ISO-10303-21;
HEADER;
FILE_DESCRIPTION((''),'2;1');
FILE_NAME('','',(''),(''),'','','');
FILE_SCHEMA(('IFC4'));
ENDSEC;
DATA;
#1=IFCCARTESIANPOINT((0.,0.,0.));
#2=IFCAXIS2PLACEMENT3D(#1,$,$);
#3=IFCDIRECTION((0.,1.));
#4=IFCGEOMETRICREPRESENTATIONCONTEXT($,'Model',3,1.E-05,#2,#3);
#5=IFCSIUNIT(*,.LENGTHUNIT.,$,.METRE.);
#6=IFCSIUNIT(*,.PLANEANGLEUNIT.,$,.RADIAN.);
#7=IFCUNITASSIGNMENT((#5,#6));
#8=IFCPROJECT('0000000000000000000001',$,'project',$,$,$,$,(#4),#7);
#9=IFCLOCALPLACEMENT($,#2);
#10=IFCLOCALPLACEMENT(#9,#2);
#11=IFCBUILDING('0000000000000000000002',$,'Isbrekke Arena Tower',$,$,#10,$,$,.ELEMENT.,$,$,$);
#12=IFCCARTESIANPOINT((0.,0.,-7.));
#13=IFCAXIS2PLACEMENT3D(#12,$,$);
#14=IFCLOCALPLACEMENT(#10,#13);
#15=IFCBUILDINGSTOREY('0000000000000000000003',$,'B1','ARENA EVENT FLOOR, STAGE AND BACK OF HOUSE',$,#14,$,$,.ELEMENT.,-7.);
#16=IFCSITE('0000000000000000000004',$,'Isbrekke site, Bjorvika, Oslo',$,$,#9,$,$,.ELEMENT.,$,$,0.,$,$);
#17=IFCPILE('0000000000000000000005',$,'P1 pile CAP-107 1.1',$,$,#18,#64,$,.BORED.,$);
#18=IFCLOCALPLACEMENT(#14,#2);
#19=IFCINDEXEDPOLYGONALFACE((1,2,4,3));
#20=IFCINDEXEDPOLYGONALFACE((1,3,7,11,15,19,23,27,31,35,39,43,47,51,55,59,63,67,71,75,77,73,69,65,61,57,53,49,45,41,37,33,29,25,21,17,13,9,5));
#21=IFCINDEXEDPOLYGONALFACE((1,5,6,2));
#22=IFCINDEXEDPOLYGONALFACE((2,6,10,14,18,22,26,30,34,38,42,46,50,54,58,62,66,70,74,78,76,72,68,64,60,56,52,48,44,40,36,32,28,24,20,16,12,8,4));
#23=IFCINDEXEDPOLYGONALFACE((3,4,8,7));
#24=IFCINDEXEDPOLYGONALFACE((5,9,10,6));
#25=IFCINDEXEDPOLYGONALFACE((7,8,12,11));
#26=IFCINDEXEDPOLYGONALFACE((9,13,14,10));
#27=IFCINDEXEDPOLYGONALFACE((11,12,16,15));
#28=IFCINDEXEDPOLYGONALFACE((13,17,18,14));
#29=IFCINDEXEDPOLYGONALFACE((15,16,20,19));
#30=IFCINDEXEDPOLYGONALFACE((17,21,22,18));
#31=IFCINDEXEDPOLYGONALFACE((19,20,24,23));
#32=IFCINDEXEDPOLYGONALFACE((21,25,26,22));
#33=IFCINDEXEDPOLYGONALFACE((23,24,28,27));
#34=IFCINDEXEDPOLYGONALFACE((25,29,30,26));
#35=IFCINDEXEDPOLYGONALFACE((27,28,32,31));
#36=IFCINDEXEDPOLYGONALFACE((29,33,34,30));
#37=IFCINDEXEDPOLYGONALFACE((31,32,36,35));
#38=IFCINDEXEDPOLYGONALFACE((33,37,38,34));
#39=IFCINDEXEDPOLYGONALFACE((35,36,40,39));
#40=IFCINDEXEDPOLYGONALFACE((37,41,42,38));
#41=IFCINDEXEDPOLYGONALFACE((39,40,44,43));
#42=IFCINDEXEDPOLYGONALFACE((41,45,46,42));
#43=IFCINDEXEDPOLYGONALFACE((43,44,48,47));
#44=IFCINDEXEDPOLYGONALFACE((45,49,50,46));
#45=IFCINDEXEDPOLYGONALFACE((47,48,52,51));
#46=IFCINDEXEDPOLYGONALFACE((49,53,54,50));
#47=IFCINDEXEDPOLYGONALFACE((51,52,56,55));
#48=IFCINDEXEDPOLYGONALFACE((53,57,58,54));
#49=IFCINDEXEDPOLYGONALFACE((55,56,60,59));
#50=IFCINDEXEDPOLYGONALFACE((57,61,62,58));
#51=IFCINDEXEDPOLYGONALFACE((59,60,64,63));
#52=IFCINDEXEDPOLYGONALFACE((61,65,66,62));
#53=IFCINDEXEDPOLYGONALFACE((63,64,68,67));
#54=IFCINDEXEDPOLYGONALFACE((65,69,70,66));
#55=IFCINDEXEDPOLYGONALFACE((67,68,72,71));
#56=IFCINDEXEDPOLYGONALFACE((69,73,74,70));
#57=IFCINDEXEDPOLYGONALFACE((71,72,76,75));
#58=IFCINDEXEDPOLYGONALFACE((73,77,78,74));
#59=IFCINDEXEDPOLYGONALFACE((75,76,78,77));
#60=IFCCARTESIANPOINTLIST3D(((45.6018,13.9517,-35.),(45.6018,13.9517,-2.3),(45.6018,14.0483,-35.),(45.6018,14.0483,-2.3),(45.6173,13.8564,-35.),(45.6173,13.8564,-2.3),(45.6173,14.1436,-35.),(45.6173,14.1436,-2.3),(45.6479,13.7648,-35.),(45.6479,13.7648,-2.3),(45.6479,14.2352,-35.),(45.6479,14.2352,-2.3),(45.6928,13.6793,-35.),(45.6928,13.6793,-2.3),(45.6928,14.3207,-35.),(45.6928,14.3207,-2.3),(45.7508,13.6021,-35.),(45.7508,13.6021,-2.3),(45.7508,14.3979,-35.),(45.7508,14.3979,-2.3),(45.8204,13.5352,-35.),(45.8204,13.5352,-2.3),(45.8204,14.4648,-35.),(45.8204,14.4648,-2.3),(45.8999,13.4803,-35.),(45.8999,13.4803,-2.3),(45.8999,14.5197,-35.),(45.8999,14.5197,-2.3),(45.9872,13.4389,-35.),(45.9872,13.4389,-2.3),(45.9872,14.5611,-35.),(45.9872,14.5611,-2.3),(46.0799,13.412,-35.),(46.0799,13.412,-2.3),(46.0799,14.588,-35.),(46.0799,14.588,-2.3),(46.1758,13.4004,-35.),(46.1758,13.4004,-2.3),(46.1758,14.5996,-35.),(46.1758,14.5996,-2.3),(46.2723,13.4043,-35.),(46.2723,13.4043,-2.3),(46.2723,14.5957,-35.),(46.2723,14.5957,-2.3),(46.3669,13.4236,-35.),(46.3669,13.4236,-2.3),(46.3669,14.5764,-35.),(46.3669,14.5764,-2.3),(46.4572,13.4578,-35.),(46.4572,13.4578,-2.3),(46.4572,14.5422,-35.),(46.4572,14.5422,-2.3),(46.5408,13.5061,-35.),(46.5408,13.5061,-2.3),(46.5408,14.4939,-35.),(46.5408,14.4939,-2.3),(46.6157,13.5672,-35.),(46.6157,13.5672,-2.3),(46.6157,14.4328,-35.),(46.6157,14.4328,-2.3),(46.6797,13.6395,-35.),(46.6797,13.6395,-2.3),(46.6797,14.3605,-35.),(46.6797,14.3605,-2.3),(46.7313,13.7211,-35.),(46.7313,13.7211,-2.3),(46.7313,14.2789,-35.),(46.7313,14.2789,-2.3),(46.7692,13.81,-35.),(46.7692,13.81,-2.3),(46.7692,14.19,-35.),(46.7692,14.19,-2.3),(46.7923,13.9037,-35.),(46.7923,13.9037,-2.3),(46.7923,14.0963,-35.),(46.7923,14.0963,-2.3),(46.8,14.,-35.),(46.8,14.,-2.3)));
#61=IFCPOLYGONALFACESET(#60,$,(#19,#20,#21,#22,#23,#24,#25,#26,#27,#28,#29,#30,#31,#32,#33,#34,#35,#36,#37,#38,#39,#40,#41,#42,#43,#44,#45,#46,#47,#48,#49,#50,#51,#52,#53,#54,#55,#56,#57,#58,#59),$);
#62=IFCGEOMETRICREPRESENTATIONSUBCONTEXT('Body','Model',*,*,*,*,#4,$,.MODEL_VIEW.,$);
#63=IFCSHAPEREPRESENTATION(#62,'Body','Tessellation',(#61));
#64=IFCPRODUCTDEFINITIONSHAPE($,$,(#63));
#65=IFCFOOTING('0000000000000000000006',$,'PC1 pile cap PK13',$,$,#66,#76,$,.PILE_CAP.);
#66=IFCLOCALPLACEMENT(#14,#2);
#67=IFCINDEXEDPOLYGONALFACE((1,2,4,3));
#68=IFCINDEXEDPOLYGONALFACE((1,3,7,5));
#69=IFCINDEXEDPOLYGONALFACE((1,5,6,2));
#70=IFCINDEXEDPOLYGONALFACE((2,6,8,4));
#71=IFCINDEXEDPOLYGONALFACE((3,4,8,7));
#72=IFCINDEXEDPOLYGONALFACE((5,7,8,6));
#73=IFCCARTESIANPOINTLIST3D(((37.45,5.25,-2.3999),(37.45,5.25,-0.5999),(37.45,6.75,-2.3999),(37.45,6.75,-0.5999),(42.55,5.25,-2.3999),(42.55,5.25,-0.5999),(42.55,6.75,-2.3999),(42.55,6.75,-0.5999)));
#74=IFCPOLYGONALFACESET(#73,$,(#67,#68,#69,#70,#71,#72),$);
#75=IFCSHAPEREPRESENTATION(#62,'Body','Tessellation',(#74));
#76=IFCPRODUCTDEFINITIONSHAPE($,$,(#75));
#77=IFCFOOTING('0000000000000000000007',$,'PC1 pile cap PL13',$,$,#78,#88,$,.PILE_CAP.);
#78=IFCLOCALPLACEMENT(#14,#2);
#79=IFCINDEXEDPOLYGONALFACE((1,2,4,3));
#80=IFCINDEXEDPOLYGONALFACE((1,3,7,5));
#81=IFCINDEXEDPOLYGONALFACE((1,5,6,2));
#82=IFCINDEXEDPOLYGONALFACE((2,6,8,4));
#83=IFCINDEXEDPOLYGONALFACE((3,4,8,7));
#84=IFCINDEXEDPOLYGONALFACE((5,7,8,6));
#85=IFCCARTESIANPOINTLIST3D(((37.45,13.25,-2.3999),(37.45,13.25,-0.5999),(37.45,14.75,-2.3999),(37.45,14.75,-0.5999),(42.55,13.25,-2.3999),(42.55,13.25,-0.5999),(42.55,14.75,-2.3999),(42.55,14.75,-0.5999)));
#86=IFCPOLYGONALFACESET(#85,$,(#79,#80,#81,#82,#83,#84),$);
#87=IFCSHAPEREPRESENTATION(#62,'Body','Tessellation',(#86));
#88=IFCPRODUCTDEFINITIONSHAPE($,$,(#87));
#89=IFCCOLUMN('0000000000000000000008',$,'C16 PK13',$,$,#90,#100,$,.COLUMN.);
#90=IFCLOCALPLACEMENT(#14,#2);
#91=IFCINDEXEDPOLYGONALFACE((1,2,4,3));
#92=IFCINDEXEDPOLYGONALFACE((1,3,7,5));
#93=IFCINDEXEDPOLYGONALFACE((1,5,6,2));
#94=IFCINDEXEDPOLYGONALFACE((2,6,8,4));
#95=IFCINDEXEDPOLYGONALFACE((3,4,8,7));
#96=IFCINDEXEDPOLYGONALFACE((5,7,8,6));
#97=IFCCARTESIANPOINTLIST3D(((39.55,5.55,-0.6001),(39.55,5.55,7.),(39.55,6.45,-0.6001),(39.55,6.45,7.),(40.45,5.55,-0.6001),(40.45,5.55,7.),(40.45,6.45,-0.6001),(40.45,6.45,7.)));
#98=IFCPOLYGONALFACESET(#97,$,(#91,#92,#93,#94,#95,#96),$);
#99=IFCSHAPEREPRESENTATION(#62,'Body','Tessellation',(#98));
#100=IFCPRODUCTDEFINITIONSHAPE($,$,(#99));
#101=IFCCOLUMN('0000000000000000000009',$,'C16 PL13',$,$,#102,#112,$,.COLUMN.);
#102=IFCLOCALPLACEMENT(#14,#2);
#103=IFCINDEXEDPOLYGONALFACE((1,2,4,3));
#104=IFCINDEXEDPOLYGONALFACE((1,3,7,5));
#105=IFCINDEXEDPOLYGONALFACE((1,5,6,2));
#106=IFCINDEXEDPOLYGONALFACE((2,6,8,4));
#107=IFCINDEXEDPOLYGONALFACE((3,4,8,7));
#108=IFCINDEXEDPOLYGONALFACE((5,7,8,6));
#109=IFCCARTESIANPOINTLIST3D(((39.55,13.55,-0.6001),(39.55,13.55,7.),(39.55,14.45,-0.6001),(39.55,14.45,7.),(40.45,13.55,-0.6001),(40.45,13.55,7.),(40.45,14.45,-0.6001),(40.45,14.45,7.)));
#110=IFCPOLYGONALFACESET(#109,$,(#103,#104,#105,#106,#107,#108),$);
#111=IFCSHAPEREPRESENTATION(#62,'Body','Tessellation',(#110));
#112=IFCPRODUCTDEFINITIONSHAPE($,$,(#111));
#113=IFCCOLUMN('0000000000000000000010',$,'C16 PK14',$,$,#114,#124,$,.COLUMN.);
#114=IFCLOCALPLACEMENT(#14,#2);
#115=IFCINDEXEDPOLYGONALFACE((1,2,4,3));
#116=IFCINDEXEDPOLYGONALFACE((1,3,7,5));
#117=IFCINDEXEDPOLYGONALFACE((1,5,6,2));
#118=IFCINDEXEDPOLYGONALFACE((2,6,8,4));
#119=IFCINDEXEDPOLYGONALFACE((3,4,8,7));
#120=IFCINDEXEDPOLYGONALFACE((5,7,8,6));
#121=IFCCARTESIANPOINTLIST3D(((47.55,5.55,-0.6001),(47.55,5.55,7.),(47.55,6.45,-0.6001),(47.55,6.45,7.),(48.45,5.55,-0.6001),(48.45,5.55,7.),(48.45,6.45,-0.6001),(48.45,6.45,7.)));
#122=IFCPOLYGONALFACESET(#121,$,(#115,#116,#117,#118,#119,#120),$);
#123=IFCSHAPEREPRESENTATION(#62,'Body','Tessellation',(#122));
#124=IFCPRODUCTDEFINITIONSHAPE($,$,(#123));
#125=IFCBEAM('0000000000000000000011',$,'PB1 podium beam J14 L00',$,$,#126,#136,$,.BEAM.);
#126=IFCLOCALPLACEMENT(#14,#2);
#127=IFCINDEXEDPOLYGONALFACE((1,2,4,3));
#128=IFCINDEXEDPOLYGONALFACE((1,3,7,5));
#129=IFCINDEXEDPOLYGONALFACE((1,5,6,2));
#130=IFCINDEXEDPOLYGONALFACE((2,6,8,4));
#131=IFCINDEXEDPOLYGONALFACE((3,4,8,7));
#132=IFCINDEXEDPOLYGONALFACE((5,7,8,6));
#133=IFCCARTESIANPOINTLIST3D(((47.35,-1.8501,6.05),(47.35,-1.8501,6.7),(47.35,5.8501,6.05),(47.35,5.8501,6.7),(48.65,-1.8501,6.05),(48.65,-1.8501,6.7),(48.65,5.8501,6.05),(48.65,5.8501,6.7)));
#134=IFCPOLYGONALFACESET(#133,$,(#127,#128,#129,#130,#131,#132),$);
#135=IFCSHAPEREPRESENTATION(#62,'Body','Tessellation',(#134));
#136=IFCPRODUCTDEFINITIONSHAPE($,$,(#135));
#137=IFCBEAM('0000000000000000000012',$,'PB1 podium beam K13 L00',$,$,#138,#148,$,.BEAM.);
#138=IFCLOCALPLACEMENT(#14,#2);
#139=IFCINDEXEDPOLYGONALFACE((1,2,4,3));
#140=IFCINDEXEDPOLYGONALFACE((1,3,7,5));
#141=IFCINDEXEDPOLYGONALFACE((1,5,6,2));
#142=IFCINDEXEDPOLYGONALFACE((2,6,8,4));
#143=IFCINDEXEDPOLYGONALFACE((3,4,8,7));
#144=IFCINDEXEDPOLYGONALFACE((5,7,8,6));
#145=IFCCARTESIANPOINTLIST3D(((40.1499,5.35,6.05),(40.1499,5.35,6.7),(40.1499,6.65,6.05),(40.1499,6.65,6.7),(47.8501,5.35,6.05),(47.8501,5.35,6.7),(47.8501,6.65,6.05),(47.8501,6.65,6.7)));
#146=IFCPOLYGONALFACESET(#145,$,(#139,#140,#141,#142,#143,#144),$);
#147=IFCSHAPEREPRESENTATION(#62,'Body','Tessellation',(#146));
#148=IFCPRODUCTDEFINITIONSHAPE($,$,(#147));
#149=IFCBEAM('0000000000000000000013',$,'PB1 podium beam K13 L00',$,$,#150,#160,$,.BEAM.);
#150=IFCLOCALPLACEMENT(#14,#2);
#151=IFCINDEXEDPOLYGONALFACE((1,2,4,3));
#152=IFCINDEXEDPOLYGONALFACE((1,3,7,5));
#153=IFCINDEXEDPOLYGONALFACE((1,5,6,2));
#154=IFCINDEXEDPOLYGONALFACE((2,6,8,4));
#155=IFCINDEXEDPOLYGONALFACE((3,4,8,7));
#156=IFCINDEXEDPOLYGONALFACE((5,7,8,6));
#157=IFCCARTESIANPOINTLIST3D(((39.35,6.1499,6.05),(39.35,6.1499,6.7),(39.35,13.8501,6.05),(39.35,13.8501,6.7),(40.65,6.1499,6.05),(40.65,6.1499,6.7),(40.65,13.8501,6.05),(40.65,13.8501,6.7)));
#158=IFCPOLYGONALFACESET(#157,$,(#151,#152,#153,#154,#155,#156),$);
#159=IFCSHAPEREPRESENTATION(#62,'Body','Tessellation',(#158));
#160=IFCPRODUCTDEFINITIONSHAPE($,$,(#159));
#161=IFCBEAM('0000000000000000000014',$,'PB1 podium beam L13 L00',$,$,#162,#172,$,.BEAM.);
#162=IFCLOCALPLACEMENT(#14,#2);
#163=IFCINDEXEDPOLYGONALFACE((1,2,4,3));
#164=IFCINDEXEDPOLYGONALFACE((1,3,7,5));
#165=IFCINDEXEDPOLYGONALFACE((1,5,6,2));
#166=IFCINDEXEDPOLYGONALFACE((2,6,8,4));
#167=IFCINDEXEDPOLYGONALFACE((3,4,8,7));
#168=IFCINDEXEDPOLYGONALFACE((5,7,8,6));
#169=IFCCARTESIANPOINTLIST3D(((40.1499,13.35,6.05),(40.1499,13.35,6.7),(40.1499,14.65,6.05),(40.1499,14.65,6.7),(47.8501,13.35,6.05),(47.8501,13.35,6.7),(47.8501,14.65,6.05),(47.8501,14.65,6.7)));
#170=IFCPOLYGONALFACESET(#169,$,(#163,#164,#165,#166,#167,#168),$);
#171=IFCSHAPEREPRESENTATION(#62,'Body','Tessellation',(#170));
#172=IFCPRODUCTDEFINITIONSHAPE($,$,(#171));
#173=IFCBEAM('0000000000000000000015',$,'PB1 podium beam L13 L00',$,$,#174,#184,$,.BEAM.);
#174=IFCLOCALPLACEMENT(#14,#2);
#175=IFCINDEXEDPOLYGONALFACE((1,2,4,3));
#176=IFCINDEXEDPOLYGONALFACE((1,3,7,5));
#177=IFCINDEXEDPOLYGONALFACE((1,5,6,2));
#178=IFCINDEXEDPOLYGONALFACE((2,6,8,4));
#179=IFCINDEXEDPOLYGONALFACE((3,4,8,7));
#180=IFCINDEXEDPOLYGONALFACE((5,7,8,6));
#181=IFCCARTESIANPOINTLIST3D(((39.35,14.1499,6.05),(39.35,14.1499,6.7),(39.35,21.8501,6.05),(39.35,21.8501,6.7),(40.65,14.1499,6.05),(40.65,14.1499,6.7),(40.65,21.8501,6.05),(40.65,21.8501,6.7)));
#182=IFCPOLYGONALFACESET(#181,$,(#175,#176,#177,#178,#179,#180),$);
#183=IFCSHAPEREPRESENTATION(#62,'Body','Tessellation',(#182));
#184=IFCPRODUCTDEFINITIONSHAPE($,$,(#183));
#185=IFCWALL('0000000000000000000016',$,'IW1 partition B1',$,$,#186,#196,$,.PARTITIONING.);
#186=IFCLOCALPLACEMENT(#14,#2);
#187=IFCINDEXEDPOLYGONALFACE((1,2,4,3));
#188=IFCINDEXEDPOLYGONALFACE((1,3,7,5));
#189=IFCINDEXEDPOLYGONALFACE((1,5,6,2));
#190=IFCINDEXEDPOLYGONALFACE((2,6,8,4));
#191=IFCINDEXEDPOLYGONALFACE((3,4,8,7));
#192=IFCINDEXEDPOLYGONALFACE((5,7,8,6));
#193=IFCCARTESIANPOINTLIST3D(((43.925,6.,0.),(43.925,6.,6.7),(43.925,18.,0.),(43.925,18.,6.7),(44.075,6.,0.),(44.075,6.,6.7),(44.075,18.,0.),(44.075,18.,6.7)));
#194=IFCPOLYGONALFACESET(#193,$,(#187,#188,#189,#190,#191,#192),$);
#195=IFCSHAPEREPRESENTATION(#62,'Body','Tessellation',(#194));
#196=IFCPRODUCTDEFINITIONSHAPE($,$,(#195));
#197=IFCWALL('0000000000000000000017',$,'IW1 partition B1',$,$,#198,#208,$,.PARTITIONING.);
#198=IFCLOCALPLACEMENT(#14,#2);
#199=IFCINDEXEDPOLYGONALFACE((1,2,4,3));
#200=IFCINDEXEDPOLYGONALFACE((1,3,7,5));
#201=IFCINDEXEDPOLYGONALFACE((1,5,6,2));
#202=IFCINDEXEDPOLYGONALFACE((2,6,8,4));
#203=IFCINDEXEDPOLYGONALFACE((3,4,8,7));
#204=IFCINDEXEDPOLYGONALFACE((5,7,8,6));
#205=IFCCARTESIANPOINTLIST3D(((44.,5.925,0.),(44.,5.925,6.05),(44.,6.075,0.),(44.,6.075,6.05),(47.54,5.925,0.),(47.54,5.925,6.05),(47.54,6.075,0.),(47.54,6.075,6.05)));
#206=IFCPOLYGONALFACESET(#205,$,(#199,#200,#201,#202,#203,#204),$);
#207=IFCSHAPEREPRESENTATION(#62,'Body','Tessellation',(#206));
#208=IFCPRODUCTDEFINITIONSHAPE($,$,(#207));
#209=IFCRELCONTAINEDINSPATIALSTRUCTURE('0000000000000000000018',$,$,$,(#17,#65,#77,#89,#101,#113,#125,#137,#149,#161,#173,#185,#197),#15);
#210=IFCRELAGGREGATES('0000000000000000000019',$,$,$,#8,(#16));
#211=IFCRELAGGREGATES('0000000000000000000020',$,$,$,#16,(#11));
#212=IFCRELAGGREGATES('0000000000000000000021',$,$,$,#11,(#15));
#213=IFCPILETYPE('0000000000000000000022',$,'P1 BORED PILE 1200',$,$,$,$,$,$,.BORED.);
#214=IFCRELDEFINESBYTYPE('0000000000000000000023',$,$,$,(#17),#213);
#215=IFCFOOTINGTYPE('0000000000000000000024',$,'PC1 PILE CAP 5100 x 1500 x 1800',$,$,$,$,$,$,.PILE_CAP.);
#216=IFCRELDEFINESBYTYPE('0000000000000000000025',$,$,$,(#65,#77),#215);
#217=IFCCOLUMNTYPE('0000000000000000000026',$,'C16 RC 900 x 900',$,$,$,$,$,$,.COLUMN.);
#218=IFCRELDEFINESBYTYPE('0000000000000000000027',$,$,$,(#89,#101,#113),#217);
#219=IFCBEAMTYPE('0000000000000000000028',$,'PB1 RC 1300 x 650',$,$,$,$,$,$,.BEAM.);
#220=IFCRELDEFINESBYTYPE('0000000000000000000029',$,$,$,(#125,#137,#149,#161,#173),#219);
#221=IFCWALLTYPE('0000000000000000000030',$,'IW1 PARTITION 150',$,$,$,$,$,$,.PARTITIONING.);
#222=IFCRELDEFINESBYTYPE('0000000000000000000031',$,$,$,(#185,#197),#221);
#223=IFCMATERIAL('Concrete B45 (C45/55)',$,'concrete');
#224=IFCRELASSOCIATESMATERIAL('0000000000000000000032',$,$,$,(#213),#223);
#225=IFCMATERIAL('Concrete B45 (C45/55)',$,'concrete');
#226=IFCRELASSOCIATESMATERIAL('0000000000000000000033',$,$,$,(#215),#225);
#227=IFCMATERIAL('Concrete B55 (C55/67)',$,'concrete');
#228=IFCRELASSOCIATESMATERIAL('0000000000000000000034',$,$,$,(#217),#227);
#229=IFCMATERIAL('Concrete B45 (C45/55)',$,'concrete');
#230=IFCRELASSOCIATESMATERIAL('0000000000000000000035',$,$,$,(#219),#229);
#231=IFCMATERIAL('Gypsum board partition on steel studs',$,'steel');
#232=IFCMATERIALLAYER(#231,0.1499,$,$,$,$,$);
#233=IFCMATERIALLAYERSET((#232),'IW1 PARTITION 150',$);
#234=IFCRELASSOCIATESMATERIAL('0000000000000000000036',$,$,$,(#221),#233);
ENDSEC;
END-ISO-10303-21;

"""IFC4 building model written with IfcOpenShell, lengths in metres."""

from ifc_helpers import new_model, si_unit, direction, frame, frame_2d, origin, origin_2d, place, context, subcontext, project, spatial, rectangle, circle, extrude, material, layer, layer_set, material_profile, profile_set, type_object, element, save


model = new_model("IFC4")

# Units and contexts
model_context = context("Model", 3, precision=1e-05, world=origin(), true_north=direction((0.0, 1.0)))
body_context = subcontext(model_context, "Body", "Model", "MODEL_VIEW")
ifc_project = project(units=[si_unit("LENGTHUNIT", "METRE"), si_unit("PLANEANGLEUNIT", "RADIAN")], contexts=[model_context])

# Site, building, storey
site_placement = place(None, origin())
site = spatial("IfcSite", under=ifc_project, at=site_placement, Name="Isbrekke site, Bjorvika, Oslo", CompositionType="ELEMENT", RefElevation=0.0)
building_placement = place(site_placement, origin())
building = spatial("IfcBuilding", under=site, at=building_placement, Name="Isbrekke Arena Tower", CompositionType="ELEMENT")
storey_placement = place(building_placement, frame((0.0, 0.0, -7.0)))
storey = spatial("IfcBuildingStorey", under=building, at=storey_placement, Name="B1", Description="ARENA EVENT FLOOR, STAGE AND BACK OF HOUSE", CompositionType="ELEMENT", Elevation=-7.0)

# Pile
ifc_material_1 = material(Name="Concrete B45 (C45/55)", Category="concrete")
ifc_material_profile_1 = material_profile(ifc_material_1, circle(Radius=0.6001, at=origin_2d()), Name="BORED PILE D1200")
ifc_profile_set_1 = profile_set([ifc_material_profile_1], Name="Concrete B45 (C45/55)")
pile_type = type_object("IfcPileType", Name="P1 BORED PILE 1200", PredefinedType="BORED", material=ifc_profile_set_1)
for number, where, z_axis, x_axis, name in (
    (1, (46.2, 14.0, -2.3), (0.0, 0.0, -1.0), (1.0, 0.0, 0.0), "P1 pile CAP-107 1.1"),
):
    element("IfcPile", number, at=place(storey_placement, frame(where, z_axis=z_axis, x_axis=x_axis)), inside=storey, type_object=pile_type, Name=name, PredefinedType="BORED", context=body_context, shape_type="SweptSolid", body=[
        extrude(circle(Radius=0.6001, at=origin_2d()), origin(), (0.0, 0.0, 1.0), 32.7),
    ])

# Footings
ifc_material_2 = material(Name="Concrete B45 (C45/55)", Category="concrete")
footing_type = type_object("IfcFootingType", Name="PC1 PILE CAP 5100 x 1500 x 1800", PredefinedType="PILE_CAP", material=ifc_material_2)
for number, where, z_axis, x_axis, name in (
    (2, (40.0, 6.0, -2.3999), (0.0, 0.0, 1.0), (1.0, 0.0, 0.0), "PC1 pile cap PK13"),
    (3, (40.0, 14.0, -2.3999), (0.0, 0.0, 1.0), (1.0, 0.0, 0.0), "PC1 pile cap PL13"),
):
    element("IfcFooting", number, at=place(storey_placement, frame(where, z_axis=z_axis, x_axis=x_axis)), inside=storey, type_object=footing_type, Name=name, PredefinedType="PILE_CAP", context=body_context, shape_type="SweptSolid", body=[
        extrude(rectangle(XDim=5.1001, YDim=1.5, at=origin_2d()), origin(), (0.0, 0.0, 1.0), 1.8),
    ])

# Columns
ifc_material_3 = material(Name="Concrete B55 (C55/67)", Category="concrete")
ifc_material_profile_2 = material_profile(ifc_material_3, rectangle(XDim=0.8999, YDim=0.8999, at=origin_2d()), Name="RC 900x900")
ifc_profile_set_2 = profile_set([ifc_material_profile_2], Name="Concrete B55 (C55/67)")
column_type = type_object("IfcColumnType", Name="C16 RC 900 x 900", PredefinedType="COLUMN", material=ifc_profile_set_2)
for number, where, z_axis, x_axis, name in (
    (4, (40.0, 6.0, -0.6001), (0.0, 0.0, 1.0), (1.0, 0.0, 0.0), "C16 PK13"),
    (5, (40.0, 14.0, -0.6001), (0.0, 0.0, 1.0), (1.0, 0.0, 0.0), "C16 PL13"),
    (6, (48.0, 6.0, -0.6001), (0.0, 0.0, 1.0), (1.0, 0.0, 0.0), "C16 PK14"),
):
    element("IfcColumn", number, at=place(storey_placement, frame(where, z_axis=z_axis, x_axis=x_axis)), inside=storey, type_object=column_type, Name=name, PredefinedType="COLUMN", context=body_context, shape_type="SweptSolid", body=[
        extrude(rectangle(XDim=0.8999, YDim=0.8999, at=origin_2d()), origin(), (0.0, 0.0, 1.0), 7.6001),
    ])

# Beams
ifc_material_4 = material(Name="Concrete B45 (C45/55)", Category="concrete")
ifc_material_profile_3 = material_profile(ifc_material_4, rectangle(XDim=1.3, YDim=0.6499, at=origin_2d()), Name="RC 1300x650")
ifc_profile_set_3 = profile_set([ifc_material_profile_3], Name="Concrete B45 (C45/55)")
beam_type = type_object("IfcBeamType", Name="PB1 RC 1300 x 650", PredefinedType="BEAM", material=ifc_profile_set_3)
for number, where, z_axis, x_axis, name in (
    (7, (48.0, -1.8501, 6.375), (0.0, 1.0, 0.0), (-1.0, 0.0, 0.0), "PB1 podium beam J14 L00"),
    (8, (40.1499, 6.0, 6.375), (1.0, 0.0, 0.0), (0.0, 1.0, 0.0), "PB1 podium beam K13 L00"),
    (9, (40.0, 6.1499, 6.375), (0.0, 1.0, 0.0), (-1.0, 0.0, 0.0), "PB1 podium beam K13 L00"),
    (10, (40.1499, 14.0, 6.375), (1.0, 0.0, 0.0), (0.0, 1.0, 0.0), "PB1 podium beam L13 L00"),
    (11, (40.0, 14.1499, 6.375), (0.0, 1.0, 0.0), (-1.0, 0.0, 0.0), "PB1 podium beam L13 L00"),
):
    element("IfcBeam", number, at=place(storey_placement, frame(where, z_axis=z_axis, x_axis=x_axis)), inside=storey, type_object=beam_type, Name=name, PredefinedType="BEAM", context=body_context, shape_type="SweptSolid", body=[
        extrude(rectangle(XDim=1.3, YDim=0.6499, at=origin_2d()), origin(), (0.0, 0.0, 1.0), 7.7002),
    ])

# Walls
ifc_material_5 = material(Name="Gypsum board partition on steel studs", Category="steel")
ifc_layer_1 = layer(ifc_material_5, 0.1499)
ifc_layer_set_1 = layer_set([ifc_layer_1], Name="IW1 PARTITION 150")
wall_type_1 = type_object("IfcWallType", Name="IW1 PARTITION 150", PredefinedType="PARTITIONING", material=ifc_layer_set_1)
wall_1_placement = place(storey_placement, frame((44.0, 6.0, 0.0), z_axis=(0.0, 0.0, 1.0), x_axis=(0.0, 1.0, 0.0)))
element("IfcWall", 12, at=wall_1_placement, inside=storey, type_object=wall_type_1, Name="IW1 partition B1", PredefinedType="PARTITIONING", context=body_context, shape_type="SweptSolid", body=[
    extrude(rectangle(XDim=12.0, YDim=0.1499, at=frame_2d((6.0, 0.0))), origin(), (0.0, 0.0, 1.0), 6.7),
])
wall_2_placement = place(storey_placement, frame((44.0, 6.0, 0.0), z_axis=(0.0, 0.0, 1.0), x_axis=(1.0, 0.0, 0.0)))
element("IfcWall", 13, at=wall_2_placement, inside=storey, type_object=wall_type_1, Name="IW1 partition B1", PredefinedType="PARTITIONING", context=body_context, shape_type="SweptSolid", body=[
    extrude(rectangle(XDim=3.54, YDim=0.1499, at=frame_2d((1.77, 0.0))), origin(), (0.0, 0.0, 1.0), 6.05),
])

save(model, "model.ifc")
